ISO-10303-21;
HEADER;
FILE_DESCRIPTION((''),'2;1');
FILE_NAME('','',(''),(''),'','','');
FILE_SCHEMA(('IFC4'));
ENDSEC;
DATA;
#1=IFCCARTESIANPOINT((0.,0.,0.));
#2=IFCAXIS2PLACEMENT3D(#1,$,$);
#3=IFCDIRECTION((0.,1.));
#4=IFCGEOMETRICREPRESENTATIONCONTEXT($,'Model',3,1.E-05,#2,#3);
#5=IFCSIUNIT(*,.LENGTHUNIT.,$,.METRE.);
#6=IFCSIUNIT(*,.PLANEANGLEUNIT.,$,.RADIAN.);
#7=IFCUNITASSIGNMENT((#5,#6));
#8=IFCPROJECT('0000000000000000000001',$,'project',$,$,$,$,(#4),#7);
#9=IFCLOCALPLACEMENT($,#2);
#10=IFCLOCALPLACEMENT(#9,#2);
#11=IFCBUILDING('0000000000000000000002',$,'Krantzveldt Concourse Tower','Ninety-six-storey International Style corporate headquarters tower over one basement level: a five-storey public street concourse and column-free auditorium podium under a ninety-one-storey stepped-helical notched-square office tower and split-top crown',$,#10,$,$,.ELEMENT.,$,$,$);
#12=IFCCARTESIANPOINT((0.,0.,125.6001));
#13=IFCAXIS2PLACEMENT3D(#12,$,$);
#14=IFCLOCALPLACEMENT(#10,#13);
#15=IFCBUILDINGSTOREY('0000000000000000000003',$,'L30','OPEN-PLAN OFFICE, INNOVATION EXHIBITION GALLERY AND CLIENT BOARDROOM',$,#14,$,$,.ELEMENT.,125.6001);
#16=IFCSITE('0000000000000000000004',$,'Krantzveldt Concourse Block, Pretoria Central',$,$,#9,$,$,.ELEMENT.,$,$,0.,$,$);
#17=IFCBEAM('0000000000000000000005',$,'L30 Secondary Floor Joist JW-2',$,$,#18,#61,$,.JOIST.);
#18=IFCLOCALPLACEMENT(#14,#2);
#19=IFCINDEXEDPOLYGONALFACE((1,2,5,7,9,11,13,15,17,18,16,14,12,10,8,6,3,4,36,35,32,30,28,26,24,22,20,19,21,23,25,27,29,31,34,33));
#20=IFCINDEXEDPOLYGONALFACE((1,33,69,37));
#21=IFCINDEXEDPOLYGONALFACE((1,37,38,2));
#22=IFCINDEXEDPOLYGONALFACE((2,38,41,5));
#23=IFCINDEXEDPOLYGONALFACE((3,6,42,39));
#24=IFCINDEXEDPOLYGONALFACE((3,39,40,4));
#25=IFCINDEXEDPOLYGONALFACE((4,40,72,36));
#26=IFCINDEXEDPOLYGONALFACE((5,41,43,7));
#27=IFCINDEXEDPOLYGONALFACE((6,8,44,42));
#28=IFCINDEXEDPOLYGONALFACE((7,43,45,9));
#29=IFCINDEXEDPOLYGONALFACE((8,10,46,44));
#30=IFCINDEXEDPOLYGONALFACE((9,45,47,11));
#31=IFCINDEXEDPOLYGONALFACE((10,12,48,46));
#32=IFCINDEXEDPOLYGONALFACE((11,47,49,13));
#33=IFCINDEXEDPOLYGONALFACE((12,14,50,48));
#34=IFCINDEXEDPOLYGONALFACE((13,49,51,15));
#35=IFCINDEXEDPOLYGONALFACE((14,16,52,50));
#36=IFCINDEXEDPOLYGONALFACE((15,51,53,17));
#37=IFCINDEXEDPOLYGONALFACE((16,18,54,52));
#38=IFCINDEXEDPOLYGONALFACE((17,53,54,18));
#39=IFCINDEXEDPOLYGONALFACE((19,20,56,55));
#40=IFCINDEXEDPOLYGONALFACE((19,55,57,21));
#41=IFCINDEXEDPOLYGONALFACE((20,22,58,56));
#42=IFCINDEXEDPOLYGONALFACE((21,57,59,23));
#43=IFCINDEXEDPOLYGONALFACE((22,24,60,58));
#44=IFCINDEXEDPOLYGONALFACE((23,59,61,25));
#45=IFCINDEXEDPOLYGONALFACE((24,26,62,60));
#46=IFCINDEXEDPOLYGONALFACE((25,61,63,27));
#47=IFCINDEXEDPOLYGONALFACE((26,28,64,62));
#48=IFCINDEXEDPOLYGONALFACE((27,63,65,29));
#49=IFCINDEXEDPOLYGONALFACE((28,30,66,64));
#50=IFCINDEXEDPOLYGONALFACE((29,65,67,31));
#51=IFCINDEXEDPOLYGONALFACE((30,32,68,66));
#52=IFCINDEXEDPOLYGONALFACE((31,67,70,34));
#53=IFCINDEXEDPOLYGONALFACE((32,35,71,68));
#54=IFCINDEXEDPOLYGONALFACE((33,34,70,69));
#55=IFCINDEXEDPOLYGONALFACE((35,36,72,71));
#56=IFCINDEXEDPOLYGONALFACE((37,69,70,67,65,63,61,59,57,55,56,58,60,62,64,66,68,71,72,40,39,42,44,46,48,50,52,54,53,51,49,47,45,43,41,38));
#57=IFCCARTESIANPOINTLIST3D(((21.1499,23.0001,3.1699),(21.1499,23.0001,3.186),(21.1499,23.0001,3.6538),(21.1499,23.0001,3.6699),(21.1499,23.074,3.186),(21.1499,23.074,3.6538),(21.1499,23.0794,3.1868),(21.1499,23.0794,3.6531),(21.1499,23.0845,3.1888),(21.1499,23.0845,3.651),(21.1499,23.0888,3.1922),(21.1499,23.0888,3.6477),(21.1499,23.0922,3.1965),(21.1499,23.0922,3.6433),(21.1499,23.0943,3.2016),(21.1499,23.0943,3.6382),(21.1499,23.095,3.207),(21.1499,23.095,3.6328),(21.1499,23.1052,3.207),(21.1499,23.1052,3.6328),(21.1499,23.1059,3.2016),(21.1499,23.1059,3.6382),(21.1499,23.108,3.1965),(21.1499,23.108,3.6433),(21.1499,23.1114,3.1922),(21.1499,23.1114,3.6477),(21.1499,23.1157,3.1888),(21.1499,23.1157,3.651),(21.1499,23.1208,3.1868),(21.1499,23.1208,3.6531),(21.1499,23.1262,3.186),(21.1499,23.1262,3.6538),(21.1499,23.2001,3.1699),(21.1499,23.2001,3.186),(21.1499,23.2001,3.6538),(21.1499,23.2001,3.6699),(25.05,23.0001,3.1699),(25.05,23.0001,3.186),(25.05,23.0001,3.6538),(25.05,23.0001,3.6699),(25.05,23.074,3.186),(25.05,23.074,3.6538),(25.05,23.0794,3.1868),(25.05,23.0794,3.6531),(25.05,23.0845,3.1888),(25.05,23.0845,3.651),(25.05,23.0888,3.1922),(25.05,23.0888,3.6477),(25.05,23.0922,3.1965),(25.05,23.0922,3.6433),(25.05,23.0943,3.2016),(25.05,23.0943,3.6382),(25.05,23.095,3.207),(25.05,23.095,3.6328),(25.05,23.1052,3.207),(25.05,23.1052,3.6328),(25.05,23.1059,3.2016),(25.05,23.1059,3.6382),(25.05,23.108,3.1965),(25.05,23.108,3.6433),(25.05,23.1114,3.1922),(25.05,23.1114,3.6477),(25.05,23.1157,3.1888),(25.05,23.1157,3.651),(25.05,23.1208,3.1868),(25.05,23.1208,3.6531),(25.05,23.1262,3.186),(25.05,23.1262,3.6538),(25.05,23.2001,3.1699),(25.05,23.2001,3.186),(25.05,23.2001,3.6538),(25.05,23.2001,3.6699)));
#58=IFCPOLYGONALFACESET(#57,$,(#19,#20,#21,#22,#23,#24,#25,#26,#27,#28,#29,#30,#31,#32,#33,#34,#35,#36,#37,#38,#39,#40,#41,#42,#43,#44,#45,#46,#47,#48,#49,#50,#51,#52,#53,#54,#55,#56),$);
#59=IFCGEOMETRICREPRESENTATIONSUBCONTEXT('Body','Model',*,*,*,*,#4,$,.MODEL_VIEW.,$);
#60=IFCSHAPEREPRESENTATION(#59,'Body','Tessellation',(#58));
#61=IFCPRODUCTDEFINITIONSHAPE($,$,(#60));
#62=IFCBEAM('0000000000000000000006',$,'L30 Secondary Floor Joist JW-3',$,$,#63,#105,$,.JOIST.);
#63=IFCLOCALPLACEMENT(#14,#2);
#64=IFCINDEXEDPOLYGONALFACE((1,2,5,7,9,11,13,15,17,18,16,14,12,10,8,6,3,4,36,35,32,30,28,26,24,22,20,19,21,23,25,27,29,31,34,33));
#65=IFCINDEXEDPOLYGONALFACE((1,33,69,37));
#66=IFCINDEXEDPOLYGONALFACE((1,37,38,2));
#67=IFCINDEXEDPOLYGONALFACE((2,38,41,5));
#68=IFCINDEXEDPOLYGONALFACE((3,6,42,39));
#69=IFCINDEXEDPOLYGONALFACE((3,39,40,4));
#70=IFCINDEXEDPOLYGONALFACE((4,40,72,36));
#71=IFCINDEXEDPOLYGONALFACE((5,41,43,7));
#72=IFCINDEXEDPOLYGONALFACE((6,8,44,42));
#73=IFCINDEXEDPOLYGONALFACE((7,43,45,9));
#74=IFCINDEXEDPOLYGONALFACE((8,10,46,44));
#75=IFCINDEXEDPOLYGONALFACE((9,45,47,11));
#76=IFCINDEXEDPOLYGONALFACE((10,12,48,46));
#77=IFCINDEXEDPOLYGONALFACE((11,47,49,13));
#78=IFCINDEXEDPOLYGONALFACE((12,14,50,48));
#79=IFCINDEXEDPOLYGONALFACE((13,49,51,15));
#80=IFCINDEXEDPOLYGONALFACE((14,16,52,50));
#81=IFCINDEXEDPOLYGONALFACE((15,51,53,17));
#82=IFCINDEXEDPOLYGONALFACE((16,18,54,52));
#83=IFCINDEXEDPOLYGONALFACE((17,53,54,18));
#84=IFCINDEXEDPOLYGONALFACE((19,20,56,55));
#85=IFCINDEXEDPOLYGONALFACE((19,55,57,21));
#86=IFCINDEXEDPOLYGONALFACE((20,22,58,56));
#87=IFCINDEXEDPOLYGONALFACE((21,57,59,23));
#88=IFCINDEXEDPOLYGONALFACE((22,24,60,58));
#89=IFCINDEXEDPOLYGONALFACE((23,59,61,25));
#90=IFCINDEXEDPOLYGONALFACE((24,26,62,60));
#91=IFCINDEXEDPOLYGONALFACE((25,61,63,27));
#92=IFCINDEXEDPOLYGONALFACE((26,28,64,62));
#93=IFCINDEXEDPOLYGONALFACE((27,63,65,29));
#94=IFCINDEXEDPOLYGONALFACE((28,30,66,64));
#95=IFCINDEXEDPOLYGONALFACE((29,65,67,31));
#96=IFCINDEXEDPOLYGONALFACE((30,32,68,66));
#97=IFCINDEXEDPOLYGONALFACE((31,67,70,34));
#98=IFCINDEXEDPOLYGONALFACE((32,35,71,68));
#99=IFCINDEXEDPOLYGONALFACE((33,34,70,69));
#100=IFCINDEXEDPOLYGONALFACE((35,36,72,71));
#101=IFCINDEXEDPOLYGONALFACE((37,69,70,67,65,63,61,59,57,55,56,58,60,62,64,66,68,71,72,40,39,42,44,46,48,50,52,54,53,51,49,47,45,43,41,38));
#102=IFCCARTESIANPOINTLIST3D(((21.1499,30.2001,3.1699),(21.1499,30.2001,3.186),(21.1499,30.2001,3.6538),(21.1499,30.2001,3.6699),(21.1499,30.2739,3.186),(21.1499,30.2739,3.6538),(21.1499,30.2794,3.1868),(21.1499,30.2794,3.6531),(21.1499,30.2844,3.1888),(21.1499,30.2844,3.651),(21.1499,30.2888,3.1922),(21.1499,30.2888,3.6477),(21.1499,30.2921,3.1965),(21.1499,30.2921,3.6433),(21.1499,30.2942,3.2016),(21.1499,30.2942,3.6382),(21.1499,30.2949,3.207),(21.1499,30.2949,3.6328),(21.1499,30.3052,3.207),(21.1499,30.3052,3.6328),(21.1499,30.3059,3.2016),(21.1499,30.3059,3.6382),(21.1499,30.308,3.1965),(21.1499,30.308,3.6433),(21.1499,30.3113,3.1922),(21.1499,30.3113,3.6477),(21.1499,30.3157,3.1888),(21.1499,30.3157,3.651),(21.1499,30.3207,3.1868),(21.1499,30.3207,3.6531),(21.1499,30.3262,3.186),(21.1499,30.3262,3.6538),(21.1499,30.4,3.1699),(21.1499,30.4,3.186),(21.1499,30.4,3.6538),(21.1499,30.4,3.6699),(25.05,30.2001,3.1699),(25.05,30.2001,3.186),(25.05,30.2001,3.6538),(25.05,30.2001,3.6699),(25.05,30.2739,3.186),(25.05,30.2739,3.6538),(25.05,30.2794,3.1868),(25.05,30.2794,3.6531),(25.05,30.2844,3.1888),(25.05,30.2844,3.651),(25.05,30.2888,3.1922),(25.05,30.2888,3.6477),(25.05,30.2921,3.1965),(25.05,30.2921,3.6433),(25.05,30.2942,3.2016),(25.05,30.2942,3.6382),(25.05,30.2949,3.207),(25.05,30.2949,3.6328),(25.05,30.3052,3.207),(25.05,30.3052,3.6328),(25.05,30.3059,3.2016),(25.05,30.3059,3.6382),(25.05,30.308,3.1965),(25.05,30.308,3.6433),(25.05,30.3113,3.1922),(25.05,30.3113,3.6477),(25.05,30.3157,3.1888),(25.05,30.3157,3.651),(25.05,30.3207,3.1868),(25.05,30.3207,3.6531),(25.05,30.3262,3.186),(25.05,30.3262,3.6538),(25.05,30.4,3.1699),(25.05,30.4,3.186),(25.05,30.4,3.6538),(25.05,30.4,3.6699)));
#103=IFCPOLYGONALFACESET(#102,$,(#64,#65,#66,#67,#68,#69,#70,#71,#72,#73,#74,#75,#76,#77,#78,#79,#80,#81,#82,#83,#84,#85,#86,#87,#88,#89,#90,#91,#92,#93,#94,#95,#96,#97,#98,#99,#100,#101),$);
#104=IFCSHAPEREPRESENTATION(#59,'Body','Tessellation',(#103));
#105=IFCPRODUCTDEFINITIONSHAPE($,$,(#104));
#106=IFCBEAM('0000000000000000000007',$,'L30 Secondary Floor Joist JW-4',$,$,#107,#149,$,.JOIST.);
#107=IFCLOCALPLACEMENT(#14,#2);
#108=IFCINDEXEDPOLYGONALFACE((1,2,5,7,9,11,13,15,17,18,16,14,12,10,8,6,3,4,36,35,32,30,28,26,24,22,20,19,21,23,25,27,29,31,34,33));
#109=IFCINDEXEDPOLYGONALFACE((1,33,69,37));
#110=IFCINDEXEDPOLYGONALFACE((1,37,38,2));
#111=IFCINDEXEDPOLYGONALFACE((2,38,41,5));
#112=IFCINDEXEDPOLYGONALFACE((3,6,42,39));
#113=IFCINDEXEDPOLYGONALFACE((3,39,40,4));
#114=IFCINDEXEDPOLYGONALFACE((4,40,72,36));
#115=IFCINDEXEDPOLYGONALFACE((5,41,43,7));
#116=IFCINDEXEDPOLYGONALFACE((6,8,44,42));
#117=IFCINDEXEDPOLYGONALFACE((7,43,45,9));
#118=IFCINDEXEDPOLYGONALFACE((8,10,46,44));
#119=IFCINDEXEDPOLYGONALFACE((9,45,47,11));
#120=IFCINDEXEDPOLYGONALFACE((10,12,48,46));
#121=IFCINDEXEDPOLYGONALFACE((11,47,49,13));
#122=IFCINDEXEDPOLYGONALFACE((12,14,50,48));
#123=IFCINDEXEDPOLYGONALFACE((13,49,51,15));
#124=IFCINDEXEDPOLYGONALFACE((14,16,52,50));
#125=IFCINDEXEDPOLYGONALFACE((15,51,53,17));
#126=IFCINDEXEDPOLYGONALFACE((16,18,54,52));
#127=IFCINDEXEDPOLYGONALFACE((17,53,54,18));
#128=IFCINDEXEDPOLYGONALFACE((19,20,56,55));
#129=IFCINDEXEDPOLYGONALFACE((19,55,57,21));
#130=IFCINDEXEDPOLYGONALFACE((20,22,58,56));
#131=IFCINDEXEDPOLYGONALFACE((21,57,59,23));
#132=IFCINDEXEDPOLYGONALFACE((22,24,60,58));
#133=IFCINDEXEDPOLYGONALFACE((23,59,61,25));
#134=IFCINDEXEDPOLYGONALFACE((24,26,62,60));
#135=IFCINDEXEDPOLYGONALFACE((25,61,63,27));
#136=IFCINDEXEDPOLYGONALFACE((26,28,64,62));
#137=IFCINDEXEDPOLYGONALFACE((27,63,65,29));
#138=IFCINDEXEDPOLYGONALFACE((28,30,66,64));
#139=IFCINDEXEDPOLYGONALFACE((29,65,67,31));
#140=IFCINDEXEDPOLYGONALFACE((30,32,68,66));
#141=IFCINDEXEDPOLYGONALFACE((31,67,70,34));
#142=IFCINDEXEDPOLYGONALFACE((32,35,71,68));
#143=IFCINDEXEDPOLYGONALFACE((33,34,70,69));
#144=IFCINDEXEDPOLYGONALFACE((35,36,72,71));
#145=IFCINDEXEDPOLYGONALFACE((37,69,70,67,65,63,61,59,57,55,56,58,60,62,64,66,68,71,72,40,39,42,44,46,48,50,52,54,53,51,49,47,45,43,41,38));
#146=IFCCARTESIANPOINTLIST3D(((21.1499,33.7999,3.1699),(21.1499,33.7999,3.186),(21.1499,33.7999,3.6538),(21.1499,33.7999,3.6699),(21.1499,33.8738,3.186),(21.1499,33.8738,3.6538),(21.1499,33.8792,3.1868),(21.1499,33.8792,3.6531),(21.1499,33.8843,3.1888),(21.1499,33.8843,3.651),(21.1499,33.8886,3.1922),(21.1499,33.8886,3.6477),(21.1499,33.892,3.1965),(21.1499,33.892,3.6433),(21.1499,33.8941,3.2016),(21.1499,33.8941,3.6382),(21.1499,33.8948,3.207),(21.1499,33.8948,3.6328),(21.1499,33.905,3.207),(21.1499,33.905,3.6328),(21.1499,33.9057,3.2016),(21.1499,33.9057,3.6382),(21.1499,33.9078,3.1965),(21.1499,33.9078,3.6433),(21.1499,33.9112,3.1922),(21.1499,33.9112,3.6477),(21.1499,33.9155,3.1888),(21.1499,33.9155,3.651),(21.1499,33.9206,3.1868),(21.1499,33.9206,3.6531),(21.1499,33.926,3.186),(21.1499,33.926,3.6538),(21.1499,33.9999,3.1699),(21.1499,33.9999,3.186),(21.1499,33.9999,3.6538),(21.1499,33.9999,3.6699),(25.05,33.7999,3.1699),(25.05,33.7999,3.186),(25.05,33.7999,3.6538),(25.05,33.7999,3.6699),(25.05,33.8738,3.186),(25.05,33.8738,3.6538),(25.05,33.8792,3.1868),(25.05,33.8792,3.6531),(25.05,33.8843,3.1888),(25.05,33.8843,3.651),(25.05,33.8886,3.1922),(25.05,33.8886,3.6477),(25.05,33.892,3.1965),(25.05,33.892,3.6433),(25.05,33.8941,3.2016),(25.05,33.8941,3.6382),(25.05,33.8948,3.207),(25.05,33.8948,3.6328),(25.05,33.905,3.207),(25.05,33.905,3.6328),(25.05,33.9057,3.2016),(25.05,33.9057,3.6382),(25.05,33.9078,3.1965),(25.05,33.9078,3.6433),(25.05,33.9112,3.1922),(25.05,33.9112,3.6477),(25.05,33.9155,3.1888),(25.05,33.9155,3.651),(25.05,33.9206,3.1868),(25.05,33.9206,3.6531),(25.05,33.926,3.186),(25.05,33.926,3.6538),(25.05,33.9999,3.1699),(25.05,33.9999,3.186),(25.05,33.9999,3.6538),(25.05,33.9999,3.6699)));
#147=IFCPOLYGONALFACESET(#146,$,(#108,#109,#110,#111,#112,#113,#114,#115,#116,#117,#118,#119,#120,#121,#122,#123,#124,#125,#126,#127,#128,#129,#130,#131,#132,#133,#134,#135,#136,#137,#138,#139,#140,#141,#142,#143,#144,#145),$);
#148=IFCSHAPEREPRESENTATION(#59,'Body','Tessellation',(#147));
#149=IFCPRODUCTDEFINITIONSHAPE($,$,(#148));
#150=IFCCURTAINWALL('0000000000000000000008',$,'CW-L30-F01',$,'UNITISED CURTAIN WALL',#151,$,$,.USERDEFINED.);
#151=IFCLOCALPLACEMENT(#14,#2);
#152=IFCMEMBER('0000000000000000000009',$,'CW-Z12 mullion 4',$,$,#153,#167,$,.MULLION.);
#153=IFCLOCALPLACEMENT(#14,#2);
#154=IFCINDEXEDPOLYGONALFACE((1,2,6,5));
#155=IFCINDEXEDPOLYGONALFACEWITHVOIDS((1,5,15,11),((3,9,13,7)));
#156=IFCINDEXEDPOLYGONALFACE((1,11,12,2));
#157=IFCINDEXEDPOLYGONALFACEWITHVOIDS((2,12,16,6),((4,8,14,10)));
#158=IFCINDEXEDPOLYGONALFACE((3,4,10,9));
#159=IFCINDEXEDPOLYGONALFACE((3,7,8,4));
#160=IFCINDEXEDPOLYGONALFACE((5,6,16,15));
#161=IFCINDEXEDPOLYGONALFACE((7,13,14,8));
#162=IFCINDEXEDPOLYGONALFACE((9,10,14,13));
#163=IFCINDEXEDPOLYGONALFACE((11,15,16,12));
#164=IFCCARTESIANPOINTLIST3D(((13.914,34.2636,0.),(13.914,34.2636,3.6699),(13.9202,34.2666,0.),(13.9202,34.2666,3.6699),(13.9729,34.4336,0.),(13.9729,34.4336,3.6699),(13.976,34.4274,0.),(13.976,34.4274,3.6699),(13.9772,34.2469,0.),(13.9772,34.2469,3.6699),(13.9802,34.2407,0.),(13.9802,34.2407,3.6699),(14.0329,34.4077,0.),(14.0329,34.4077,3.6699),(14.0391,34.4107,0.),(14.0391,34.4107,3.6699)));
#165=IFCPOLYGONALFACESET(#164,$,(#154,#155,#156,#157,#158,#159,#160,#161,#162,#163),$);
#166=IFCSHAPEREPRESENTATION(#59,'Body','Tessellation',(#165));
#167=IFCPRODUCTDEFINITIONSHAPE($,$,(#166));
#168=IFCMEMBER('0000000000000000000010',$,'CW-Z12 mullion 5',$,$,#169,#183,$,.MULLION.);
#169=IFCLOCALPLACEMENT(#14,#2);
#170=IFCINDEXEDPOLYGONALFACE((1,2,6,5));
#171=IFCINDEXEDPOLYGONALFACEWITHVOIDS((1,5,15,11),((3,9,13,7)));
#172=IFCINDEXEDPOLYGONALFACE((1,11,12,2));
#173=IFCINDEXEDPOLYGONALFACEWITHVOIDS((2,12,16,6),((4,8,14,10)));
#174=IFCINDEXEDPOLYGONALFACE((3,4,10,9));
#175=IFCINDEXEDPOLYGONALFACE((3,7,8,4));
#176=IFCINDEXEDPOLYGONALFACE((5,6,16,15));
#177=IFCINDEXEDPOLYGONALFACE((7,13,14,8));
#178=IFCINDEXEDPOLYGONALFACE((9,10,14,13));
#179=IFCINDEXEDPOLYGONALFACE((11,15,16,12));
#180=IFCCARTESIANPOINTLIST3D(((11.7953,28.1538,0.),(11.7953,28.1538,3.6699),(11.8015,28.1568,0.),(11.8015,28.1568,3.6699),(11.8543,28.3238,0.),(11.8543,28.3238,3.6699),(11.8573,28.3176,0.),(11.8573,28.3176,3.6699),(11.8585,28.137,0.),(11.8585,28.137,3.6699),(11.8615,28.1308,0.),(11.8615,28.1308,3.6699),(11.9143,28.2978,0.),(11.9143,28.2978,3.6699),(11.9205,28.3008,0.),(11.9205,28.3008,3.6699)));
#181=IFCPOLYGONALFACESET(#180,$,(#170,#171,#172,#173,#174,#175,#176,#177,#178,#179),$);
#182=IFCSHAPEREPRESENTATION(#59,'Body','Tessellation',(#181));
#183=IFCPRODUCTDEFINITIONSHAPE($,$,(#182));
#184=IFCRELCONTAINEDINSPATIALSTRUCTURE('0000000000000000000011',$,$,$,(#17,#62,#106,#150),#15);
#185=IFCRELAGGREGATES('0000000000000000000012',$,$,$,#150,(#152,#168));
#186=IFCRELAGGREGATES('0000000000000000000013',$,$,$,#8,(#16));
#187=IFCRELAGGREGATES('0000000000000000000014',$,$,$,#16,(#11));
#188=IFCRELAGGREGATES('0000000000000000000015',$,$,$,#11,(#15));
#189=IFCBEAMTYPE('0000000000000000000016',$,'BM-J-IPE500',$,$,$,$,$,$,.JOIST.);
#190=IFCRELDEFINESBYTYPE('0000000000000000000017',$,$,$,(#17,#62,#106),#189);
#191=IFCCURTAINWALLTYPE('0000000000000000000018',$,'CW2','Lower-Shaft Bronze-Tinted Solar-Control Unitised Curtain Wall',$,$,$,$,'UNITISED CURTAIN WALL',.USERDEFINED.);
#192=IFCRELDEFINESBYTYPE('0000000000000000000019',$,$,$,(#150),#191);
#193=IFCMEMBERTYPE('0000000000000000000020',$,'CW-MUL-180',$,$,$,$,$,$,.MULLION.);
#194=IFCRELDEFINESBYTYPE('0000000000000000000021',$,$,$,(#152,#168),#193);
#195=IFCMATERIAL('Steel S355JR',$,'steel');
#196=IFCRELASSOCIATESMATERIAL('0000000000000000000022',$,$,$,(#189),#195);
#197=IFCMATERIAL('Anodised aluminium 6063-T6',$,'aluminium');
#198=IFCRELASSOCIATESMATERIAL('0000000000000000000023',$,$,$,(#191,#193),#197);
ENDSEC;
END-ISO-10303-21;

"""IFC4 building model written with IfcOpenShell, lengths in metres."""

from ifc_helpers import new_model, si_unit, direction, frame, origin, origin_2d, place, context, subcontext, project, spatial, hollow_rectangle, i_section, extrude, source, transform, mapped, material, material_profile, profile_set, type_object, type_shapes, element, aggregate, save


model = new_model("IFC4")

# Units and contexts
model_context = context("Model", 3, precision=1e-05, world=origin(), true_north=direction((0.0, 1.0)))
body_context = subcontext(model_context, "Body", "Model", "MODEL_VIEW")
ifc_project = project(units=[si_unit("LENGTHUNIT", "METRE"), si_unit("PLANEANGLEUNIT", "RADIAN")], contexts=[model_context])

# Site, building, storey
site_placement = place(None, origin())
site = spatial("IfcSite", under=ifc_project, at=site_placement, Name="Krantzveldt Concourse Block, Pretoria Central", CompositionType="ELEMENT", RefElevation=0.0)
building_placement = place(site_placement, origin())
building = spatial("IfcBuilding", under=site, at=building_placement, Name="Krantzveldt Concourse Tower", Description="Ninety-six-storey International Style corporate headquarters tower over one basement level: a five-storey public street concourse and column-free auditorium podium under a ninety-one-storey stepped-helical notched-square office tower and split-top crown", CompositionType="ELEMENT")
storey_placement = place(building_placement, frame((0.0, 0.0, 125.6001)))
storey = spatial("IfcBuildingStorey", under=building, at=storey_placement, Name="L30", Description="OPEN-PLAN OFFICE, INNOVATION EXHIBITION GALLERY AND CLIENT BOARDROOM", CompositionType="ELEMENT", Elevation=125.6001)

# Beams
ifc_material_1 = material(Name="Steel S355JR", Category="steel")
ifc_material_profile_1 = material_profile(ifc_material_1, i_section(OverallWidth=0.2, OverallDepth=0.5, WebThickness=0.0103, FlangeThickness=0.0161, FilletRadius=0.021, at=origin_2d()), Name="Steel S355JR", Category="steel")
ifc_profile_set_1 = profile_set([ifc_material_profile_1], Name="Steel S355JR - IPE 500")
beam_type_1 = type_object("IfcBeamType", Name="BM-J-IPE500", PredefinedType="JOIST", material=ifc_profile_set_1)
shared_shape_1 = source(origin(), body_context, "Body", "SweptSolid", [
    extrude(i_section(OverallWidth=0.2, OverallDepth=0.5, WebThickness=0.0103, FlangeThickness=0.0161, FilletRadius=0.021, at=origin_2d()), origin(), (0.0, 0.0, 1.0), 3.9001),
])
type_shapes(beam_type_1, [shared_shape_1])
for number, where, z_axis, x_axis, name in (
    (1, (21.1499, 23.1001, 3.4199), (1.0, 0.0, 0.0), (0.0, 1.0, 0.0), "L30 Secondary Floor Joist JW-2"),
    (2, (21.1499, 30.3, 3.4199), (1.0, 0.0, 0.0), (0.0, 1.0, 0.0), "L30 Secondary Floor Joist JW-3"),
    (3, (21.1499, 33.8999, 3.4199), (1.0, 0.0, 0.0), (0.0, 1.0, 0.0), "L30 Secondary Floor Joist JW-4"),
):
    element("IfcBeam", number, at=place(storey_placement, frame(where, z_axis=z_axis, x_axis=x_axis)), inside=storey, type_object=beam_type_1, Name=name, PredefinedType="JOIST", context=body_context, shape_type="MappedRepresentation", body=[
        mapped(shared_shape_1, transform((0.0, 0.0, 0.0), x_axis=(1.0, 0.0, 0.0), y_axis=(0.0, 1.0, 0.0), z_axis=(0.0, 0.0, 1.0), scale=1.0)),
    ])

# Curtain wall, members
ifc_material_2 = material(Name="Anodised aluminium 6063-T6", Category="aluminium")
curtain_wall_type = type_object("IfcCurtainWallType", Name="CW2", Description="Lower-Shaft Bronze-Tinted Solar-Control Unitised Curtain Wall", ElementType="UNITISED CURTAIN WALL", PredefinedType="USERDEFINED", material=ifc_material_2)
curtain_wall_placement = place(storey_placement, origin())
curtain_wall = element("IfcCurtainWall", 4, at=curtain_wall_placement, inside=storey, type_object=curtain_wall_type, Name="CW-L30-F01", ObjectType="UNITISED CURTAIN WALL", PredefinedType="USERDEFINED")
ifc_material_profile_2 = material_profile(ifc_material_2, hollow_rectangle(XDim=0.0701, YDim=0.1799, WallThickness=0.0049, at=origin_2d()), Name="Anodised aluminium 6063-T6", Category="aluminium")
ifc_profile_set_2 = profile_set([ifc_material_profile_2], Name="Anodised aluminium 6063-T6 - ALU-MULL 180x70x5")
member_type_1 = type_object("IfcMemberType", Name="CW-MUL-180", PredefinedType="MULLION", material=ifc_profile_set_2)
shared_shape_2 = source(origin(), body_context, "Body", "SweptSolid", [
    extrude(hollow_rectangle(XDim=0.0701, YDim=0.1799, WallThickness=0.0049, at=origin_2d()), origin(), (0.0, 0.0, 1.0), 3.6699),
])
type_shapes(member_type_1, [shared_shape_2])
member_1_placement = place(storey_placement, frame((13.9766, 34.3372, 0.0), z_axis=(0.0, 0.0, 1.0), x_axis=(0.944806, -0.32763, 0.0)))
member_1 = element("IfcMember", 5, at=member_1_placement, type_object=member_type_1, Name="CW-Z12 mullion 4", PredefinedType="MULLION", context=body_context, shape_type="MappedRepresentation", body=[
    mapped(shared_shape_2, transform((0.0, 0.0, 0.0), x_axis=(1.0, 0.0, 0.0), y_axis=(0.0, 1.0, 0.0), z_axis=(0.0, 0.0, 1.0), scale=1.0)),
])
member_2_placement = place(storey_placement, frame((11.8579, 28.2273, 0.0), z_axis=(0.0, 0.0, 1.0), x_axis=(0.944806, -0.32763, 0.0)))
member_2 = element("IfcMember", 6, at=member_2_placement, type_object=member_type_1, Name="CW-Z12 mullion 5", PredefinedType="MULLION", context=body_context, shape_type="MappedRepresentation", body=[
    mapped(shared_shape_2, transform((0.0, 0.0, 0.0), x_axis=(1.0, 0.0, 0.0), y_axis=(0.0, 1.0, 0.0), z_axis=(0.0, 0.0, 1.0), scale=1.0)),
])
aggregate(curtain_wall, [member_1, member_2])

save(model, "model.ifc")
